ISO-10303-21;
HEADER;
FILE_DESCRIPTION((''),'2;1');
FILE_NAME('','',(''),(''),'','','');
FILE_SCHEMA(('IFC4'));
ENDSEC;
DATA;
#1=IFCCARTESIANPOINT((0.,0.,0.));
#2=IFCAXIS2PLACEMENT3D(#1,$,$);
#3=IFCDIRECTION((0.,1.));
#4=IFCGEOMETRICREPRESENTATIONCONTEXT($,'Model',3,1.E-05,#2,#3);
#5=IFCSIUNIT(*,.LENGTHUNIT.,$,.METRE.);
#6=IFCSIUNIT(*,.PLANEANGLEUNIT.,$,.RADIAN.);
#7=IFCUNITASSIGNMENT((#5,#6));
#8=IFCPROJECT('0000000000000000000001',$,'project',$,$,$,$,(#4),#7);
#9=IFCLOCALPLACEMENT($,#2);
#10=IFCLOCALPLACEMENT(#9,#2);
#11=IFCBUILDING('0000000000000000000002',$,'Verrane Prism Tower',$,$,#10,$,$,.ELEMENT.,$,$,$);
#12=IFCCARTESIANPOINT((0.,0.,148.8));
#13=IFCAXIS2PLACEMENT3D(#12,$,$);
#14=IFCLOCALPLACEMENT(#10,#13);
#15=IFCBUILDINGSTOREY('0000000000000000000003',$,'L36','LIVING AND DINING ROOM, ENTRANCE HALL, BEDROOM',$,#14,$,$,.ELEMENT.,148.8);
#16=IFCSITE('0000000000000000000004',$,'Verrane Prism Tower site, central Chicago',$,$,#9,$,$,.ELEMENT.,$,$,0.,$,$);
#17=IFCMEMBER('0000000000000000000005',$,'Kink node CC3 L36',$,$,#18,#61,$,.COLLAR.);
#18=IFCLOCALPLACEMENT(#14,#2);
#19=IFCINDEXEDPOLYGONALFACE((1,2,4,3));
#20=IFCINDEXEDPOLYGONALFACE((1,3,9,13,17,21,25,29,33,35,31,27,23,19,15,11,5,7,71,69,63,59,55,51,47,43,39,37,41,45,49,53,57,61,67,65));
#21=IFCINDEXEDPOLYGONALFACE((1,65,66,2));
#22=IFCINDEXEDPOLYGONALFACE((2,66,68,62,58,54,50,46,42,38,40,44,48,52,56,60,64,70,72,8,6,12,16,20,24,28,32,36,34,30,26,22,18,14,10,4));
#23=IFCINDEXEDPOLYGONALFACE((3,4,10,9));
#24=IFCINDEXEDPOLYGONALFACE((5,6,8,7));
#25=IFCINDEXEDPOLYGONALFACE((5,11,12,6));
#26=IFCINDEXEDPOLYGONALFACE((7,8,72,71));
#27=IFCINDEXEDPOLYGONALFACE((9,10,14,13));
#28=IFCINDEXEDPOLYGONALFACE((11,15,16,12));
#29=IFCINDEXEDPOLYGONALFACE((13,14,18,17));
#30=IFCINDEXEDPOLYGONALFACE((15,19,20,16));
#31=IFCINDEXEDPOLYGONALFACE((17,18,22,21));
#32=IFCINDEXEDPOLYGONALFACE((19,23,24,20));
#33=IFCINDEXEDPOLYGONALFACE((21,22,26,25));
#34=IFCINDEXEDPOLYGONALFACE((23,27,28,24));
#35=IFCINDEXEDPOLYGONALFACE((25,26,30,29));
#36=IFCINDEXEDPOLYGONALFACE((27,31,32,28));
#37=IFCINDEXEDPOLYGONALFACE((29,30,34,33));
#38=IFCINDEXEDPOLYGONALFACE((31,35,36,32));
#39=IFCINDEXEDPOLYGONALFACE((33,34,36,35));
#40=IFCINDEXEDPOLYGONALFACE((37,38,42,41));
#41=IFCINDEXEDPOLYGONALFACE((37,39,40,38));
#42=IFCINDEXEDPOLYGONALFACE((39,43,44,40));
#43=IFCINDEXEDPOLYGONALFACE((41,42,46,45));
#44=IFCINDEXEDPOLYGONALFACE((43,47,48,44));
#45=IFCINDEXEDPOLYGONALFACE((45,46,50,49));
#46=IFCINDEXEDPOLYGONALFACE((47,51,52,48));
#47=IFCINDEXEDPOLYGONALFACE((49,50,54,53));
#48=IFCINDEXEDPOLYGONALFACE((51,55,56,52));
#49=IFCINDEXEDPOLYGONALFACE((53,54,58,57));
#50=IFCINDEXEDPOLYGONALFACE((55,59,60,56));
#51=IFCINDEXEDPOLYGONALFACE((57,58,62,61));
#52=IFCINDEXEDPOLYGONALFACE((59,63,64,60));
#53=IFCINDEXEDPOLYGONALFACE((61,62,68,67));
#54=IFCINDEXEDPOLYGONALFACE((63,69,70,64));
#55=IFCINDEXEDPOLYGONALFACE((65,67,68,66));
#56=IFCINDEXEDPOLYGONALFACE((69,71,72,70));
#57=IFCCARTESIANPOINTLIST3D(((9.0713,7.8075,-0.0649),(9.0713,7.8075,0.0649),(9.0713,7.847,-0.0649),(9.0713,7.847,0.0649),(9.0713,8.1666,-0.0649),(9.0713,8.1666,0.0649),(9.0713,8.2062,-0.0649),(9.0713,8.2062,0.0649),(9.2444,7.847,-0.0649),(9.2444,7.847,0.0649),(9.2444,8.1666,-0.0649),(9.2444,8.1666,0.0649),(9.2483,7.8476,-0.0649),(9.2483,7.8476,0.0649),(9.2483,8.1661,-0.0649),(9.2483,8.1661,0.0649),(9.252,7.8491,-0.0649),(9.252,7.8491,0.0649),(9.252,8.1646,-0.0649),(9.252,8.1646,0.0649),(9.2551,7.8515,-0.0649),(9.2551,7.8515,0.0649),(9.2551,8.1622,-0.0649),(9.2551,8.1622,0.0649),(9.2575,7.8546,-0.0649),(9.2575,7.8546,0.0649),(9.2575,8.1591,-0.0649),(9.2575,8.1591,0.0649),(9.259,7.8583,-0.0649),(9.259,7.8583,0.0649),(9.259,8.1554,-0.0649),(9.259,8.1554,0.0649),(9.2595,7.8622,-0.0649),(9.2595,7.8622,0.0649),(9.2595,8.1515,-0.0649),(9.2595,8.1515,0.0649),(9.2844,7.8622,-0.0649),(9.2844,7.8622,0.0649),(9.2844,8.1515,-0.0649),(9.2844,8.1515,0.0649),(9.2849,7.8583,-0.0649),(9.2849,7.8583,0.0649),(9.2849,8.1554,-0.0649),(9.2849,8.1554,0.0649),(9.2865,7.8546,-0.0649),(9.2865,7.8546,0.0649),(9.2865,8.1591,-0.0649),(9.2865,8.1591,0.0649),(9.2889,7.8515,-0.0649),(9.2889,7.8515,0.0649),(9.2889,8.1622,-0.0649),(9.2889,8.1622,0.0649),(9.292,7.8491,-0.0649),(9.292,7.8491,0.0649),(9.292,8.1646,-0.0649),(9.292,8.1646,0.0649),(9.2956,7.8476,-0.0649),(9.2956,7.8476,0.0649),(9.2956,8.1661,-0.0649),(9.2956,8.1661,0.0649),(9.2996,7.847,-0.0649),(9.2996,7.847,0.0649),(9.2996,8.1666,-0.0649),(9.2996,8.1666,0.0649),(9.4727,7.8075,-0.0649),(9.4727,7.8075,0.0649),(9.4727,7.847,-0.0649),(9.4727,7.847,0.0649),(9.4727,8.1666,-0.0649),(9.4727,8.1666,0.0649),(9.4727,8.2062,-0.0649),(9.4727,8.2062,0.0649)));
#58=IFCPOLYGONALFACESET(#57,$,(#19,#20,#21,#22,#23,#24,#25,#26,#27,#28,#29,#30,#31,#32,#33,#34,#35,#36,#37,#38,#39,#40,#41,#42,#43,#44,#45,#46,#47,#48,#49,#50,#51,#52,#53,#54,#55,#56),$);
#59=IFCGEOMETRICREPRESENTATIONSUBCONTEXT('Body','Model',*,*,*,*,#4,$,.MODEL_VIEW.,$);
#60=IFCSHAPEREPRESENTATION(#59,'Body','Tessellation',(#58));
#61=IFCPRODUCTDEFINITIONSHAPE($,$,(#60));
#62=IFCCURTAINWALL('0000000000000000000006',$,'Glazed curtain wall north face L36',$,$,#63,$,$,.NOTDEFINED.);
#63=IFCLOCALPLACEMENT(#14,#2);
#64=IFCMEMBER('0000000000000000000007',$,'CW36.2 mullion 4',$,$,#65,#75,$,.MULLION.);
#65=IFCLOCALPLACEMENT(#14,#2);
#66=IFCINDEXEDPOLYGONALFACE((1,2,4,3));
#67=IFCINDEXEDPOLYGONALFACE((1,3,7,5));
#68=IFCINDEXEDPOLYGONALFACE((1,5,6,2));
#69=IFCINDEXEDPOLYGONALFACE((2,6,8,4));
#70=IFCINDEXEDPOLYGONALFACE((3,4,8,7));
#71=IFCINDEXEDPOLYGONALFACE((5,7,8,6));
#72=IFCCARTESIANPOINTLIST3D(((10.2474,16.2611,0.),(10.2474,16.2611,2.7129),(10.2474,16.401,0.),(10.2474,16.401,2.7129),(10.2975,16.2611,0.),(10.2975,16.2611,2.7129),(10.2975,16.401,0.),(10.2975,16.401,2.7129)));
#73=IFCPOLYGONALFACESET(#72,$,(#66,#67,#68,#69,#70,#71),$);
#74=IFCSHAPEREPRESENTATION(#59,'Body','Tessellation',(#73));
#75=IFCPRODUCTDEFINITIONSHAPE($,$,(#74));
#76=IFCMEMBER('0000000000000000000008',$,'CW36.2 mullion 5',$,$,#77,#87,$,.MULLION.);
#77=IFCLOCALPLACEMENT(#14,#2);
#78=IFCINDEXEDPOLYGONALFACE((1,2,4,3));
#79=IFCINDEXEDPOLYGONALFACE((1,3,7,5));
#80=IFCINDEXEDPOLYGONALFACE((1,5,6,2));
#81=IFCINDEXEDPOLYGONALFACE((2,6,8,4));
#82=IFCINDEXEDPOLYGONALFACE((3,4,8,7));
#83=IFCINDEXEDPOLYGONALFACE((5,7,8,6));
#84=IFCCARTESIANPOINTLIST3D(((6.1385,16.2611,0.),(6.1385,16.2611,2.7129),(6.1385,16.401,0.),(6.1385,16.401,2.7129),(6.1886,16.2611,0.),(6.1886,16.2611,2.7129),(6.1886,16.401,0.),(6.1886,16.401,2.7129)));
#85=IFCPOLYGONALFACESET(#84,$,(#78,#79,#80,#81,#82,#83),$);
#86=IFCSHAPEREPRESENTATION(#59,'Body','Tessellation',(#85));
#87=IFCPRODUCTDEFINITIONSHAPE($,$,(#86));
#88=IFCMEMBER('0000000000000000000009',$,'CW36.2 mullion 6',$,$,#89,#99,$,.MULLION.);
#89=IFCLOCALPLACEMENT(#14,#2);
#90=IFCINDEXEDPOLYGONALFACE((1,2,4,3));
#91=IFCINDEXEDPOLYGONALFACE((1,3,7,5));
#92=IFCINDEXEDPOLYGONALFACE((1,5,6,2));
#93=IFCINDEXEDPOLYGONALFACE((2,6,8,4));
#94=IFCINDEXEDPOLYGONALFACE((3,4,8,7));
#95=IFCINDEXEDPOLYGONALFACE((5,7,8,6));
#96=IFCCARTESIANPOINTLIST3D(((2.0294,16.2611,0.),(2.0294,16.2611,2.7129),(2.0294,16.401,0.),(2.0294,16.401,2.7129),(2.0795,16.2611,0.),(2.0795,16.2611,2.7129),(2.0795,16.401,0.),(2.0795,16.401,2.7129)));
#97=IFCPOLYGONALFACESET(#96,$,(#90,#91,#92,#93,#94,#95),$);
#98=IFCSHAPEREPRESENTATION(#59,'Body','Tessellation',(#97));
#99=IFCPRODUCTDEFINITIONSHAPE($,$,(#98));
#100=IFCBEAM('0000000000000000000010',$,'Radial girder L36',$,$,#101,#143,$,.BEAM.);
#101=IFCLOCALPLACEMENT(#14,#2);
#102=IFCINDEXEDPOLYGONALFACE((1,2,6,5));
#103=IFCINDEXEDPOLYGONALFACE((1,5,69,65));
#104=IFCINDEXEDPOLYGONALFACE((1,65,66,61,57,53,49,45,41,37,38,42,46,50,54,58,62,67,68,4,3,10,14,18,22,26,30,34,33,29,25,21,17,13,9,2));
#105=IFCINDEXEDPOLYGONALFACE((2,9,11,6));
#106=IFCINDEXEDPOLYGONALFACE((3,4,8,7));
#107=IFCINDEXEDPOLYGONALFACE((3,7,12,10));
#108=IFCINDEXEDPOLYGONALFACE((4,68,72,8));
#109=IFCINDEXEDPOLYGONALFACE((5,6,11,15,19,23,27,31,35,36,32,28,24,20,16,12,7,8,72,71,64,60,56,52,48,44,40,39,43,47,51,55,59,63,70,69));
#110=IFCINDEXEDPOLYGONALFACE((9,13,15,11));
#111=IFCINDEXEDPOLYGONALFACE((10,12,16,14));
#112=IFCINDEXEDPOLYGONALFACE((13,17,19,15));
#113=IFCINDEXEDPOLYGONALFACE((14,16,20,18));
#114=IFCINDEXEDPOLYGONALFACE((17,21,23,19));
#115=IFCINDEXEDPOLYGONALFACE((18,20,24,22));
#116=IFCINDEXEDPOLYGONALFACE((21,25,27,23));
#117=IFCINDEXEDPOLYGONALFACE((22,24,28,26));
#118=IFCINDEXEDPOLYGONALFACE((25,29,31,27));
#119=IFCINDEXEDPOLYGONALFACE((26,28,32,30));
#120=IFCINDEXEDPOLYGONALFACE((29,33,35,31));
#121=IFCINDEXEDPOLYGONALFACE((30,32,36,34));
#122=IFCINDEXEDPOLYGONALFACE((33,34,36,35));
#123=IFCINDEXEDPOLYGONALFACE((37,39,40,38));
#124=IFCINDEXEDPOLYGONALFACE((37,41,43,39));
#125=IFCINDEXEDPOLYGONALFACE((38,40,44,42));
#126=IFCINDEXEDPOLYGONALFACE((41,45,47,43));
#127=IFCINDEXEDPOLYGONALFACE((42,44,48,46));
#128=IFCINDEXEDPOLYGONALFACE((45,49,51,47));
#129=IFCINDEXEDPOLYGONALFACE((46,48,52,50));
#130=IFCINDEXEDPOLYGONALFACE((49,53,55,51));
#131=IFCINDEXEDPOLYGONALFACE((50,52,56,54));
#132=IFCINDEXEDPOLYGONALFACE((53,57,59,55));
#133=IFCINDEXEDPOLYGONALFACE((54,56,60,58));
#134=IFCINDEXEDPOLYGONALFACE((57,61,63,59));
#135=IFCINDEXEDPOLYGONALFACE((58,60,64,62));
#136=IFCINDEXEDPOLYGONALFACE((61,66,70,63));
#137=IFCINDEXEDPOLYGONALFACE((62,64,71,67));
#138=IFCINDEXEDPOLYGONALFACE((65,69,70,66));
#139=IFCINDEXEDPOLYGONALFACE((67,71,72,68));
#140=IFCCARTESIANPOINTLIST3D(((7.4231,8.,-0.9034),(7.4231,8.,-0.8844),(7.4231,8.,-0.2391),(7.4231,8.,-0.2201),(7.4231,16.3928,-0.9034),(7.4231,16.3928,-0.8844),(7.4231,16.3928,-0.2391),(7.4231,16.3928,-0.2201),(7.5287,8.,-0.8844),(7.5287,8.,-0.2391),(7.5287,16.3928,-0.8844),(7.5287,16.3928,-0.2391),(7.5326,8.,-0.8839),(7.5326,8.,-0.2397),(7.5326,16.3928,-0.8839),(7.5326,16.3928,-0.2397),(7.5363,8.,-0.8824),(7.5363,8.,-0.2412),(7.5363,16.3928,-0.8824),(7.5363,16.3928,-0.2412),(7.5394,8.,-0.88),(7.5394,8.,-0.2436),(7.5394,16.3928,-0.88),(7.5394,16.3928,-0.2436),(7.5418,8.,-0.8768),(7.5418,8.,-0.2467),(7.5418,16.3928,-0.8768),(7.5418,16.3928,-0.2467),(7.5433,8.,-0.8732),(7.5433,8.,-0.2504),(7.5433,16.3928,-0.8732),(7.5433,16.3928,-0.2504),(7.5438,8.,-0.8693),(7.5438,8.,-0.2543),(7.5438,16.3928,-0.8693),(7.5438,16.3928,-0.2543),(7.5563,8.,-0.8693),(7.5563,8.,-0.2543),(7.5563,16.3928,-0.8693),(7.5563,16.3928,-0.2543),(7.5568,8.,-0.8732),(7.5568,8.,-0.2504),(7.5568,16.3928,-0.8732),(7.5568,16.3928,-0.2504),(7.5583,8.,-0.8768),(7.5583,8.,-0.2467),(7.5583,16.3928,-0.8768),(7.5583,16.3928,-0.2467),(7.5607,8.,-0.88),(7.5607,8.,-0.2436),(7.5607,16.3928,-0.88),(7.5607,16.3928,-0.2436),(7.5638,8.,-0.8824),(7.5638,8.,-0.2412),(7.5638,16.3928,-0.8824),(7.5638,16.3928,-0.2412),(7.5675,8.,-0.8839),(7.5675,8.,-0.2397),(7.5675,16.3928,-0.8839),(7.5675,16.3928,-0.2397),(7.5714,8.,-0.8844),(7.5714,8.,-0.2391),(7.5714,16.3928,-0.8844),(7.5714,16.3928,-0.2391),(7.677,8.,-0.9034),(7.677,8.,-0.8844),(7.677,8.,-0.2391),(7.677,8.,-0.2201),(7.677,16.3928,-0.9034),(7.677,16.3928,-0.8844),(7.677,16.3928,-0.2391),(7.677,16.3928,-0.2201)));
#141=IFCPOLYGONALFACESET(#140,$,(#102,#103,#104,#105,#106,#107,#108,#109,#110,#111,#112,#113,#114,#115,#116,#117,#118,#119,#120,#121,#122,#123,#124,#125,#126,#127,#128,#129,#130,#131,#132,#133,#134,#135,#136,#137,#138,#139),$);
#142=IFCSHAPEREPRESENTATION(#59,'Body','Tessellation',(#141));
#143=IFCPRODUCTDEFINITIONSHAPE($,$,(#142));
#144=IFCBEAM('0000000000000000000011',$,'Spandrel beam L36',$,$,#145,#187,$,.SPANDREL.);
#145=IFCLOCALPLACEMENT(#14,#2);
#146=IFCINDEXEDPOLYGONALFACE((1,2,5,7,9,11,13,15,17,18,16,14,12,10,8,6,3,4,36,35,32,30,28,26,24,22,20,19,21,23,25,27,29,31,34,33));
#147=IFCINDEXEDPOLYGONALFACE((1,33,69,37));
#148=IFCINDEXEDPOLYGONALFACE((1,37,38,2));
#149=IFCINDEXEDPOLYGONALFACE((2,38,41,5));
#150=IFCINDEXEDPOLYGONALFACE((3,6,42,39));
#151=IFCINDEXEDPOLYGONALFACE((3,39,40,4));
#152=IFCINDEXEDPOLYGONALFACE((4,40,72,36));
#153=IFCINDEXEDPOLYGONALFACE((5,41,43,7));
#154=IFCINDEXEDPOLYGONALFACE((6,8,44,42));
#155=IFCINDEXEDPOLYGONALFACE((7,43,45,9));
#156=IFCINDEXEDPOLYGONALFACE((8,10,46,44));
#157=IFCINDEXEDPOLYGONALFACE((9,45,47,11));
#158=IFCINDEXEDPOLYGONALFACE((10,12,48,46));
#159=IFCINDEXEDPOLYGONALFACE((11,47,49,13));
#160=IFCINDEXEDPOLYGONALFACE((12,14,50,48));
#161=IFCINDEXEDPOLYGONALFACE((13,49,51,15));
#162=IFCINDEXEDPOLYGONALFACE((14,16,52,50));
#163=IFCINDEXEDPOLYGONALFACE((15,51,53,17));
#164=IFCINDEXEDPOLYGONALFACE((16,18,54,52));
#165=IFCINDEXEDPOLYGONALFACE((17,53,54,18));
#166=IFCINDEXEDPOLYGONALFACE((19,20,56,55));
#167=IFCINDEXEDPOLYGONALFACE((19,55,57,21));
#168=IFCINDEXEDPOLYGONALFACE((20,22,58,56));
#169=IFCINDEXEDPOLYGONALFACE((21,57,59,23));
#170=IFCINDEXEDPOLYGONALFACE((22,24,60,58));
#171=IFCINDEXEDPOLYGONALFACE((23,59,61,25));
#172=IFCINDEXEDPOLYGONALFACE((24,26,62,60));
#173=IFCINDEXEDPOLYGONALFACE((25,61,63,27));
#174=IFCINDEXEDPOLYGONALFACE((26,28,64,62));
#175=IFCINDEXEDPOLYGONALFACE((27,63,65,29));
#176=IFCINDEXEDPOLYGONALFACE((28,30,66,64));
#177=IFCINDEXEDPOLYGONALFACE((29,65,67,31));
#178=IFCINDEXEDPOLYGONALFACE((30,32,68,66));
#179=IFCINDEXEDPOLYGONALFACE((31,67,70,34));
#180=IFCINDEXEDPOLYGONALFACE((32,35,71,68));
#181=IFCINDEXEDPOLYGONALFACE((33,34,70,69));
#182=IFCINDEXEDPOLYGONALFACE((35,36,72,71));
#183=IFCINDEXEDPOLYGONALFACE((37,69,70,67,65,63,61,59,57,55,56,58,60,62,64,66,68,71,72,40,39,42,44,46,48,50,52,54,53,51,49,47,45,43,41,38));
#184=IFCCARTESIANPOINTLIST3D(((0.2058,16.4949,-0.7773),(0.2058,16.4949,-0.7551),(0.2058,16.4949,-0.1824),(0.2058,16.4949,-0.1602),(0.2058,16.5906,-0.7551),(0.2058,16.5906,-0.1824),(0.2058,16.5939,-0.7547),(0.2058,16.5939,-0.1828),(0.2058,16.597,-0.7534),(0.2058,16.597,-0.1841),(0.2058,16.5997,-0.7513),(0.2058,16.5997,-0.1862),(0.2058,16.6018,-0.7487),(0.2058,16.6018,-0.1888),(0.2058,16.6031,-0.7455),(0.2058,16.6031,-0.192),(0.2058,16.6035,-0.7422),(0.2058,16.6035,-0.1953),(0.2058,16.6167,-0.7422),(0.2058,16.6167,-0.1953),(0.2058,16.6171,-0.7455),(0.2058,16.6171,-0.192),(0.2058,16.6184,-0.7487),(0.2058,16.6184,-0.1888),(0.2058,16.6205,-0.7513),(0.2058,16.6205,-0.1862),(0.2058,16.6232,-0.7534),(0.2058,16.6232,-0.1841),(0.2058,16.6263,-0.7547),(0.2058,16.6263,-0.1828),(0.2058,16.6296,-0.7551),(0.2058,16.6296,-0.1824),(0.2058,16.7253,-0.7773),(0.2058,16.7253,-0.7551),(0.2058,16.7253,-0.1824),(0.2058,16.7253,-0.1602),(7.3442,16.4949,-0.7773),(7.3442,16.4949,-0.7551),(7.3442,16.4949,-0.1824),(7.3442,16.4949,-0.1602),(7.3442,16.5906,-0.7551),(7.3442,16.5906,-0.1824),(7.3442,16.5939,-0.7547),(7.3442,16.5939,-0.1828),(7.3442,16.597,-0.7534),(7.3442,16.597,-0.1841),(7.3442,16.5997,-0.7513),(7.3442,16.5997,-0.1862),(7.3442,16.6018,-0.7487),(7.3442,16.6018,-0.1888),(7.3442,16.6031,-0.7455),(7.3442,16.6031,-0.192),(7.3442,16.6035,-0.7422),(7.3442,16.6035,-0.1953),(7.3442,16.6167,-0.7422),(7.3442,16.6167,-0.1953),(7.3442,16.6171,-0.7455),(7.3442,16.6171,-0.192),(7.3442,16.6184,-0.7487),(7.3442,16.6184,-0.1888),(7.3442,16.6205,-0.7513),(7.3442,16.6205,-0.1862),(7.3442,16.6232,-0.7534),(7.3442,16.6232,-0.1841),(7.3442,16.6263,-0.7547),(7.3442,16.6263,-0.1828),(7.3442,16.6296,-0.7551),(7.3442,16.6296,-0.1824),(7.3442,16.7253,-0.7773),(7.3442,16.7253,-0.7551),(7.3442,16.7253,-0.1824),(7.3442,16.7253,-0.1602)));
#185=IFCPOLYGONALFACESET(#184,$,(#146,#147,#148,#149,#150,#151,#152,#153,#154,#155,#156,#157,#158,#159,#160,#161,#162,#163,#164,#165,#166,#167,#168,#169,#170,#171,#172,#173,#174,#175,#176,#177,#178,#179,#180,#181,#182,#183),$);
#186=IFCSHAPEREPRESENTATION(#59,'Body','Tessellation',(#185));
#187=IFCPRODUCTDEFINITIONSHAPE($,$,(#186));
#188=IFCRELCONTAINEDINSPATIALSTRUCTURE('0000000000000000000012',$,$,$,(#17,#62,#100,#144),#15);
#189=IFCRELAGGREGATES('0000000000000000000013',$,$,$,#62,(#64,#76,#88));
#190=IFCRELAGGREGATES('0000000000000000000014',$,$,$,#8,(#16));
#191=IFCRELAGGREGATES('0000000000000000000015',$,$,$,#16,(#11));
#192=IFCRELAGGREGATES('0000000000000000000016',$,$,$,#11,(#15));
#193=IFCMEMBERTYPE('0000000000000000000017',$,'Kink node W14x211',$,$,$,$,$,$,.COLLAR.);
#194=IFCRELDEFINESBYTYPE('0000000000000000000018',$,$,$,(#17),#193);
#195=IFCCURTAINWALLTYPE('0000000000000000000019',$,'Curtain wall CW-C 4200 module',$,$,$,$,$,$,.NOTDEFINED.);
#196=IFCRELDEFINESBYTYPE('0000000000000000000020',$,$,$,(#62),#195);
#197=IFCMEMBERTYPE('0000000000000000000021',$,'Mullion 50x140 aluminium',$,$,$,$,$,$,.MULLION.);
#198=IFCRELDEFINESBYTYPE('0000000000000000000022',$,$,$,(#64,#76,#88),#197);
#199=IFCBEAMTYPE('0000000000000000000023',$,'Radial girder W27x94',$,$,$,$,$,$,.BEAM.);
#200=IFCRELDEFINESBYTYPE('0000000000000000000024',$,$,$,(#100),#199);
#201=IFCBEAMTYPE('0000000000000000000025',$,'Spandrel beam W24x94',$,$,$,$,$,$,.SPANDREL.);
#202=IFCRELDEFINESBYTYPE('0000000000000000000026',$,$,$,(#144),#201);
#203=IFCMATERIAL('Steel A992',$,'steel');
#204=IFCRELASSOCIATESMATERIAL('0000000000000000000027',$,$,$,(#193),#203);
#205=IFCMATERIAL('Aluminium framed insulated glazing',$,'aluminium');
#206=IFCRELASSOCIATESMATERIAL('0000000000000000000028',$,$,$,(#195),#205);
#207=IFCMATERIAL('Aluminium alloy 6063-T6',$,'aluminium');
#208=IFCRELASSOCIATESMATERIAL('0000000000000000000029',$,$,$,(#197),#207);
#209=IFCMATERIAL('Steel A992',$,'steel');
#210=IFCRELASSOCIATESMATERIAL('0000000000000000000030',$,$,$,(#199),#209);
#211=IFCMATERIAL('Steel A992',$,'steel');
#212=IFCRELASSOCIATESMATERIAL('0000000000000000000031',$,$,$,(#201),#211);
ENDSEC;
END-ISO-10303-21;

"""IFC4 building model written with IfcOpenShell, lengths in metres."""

from ifc_helpers import new_model, si_unit, direction, frame, origin, origin_2d, place, context, subcontext, project, spatial, rectangle, i_section, extrude, material, material_profile, profile_set, type_object, element, aggregate, save


model = new_model("IFC4")

# Units and contexts
model_context = context("Model", 3, precision=1e-05, world=origin(), true_north=direction((0.0, 1.0)))
body_context = subcontext(model_context, "Body", "Model", "MODEL_VIEW")
ifc_project = project(units=[si_unit("LENGTHUNIT", "METRE"), si_unit("PLANEANGLEUNIT", "RADIAN")], contexts=[model_context])

# Site, building, storey
site_placement = place(None, origin())
site = spatial("IfcSite", under=ifc_project, at=site_placement, Name="Verrane Prism Tower site, central Chicago", CompositionType="ELEMENT", RefElevation=0.0)
building_placement = place(site_placement, origin())
building = spatial("IfcBuilding", under=site, at=building_placement, Name="Verrane Prism Tower", CompositionType="ELEMENT")
storey_placement = place(building_placement, frame((0.0, 0.0, 148.8)))
storey = spatial("IfcBuildingStorey", under=building, at=storey_placement, Name="L36", Description="LIVING AND DINING ROOM, ENTRANCE HALL, BEDROOM", CompositionType="ELEMENT", Elevation=148.8)

# Member
ifc_material_1 = material(Name="Steel A992", Category="steel")
ifc_material_profile_1 = material_profile(ifc_material_1, i_section(OverallWidth=0.4014, OverallDepth=0.3987, WebThickness=0.0249, FlangeThickness=0.0396, FilletRadius=0.0151, at=origin_2d()), Name="W14x211")
ifc_profile_set_1 = profile_set([ifc_material_profile_1], Name="Steel A992")
member_type_1 = type_object("IfcMemberType", Name="Kink node W14x211", PredefinedType="COLLAR", material=ifc_profile_set_1)
member_1_placement = place(storey_placement, frame((9.272, 8.0068, -0.0649), z_axis=(0.0, 0.0, 1.0), x_axis=(1.0, 0.0, 0.0)))
element("IfcMember", 1, at=member_1_placement, inside=storey, type_object=member_type_1, Name="Kink node CC3 L36", PredefinedType="COLLAR", context=body_context, shape_type="SweptSolid", body=[
    extrude(i_section(OverallWidth=0.4014, OverallDepth=0.3987, WebThickness=0.0249, FlangeThickness=0.0396, FilletRadius=0.0151, at=origin_2d()), origin(), (0.0, 0.0, 1.0), 0.1299),
])

# Curtain wall, members
ifc_material_2 = material(Name="Aluminium framed insulated glazing", Category="aluminium")
curtain_wall_type = type_object("IfcCurtainWallType", Name="Curtain wall CW-C 4200 module", PredefinedType="NOTDEFINED", material=ifc_material_2)
curtain_wall_placement = place(storey_placement, origin())
curtain_wall = element("IfcCurtainWall", 2, at=curtain_wall_placement, inside=storey, type_object=curtain_wall_type, Name="Glazed curtain wall north face L36", PredefinedType="NOTDEFINED")
ifc_material_3 = material(Name="Aluminium alloy 6063-T6", Category="aluminium")
ifc_material_profile_2 = material_profile(ifc_material_3, rectangle(XDim=0.1399, YDim=0.05, at=origin_2d()), Name="Mullion 50x140 aluminium")
ifc_profile_set_2 = profile_set([ifc_material_profile_2], Name="Aluminium alloy 6063-T6")
member_type_2 = type_object("IfcMemberType", Name="Mullion 50x140 aluminium", PredefinedType="MULLION", material=ifc_profile_set_2)
member_2_placement = place(storey_placement, frame((10.2725, 16.3311, 0.0), z_axis=(0.0, 0.0, 1.0), x_axis=(0.0, -1.0, 0.0)))
member_2 = element("IfcMember", 3, at=member_2_placement, type_object=member_type_2, Name="CW36.2 mullion 4", PredefinedType="MULLION", context=body_context, shape_type="SweptSolid", body=[
    extrude(rectangle(XDim=0.1399, YDim=0.05, at=origin_2d()), origin(), (0.0, 0.0, 1.0), 2.7129),
])
member_3_placement = place(storey_placement, frame((6.1636, 16.3311, 0.0), z_axis=(0.0, 0.0, 1.0), x_axis=(0.0, -1.0, 0.0)))
member_3 = element("IfcMember", 4, at=member_3_placement, type_object=member_type_2, Name="CW36.2 mullion 5", PredefinedType="MULLION", context=body_context, shape_type="SweptSolid", body=[
    extrude(rectangle(XDim=0.1399, YDim=0.05, at=origin_2d()), origin(), (0.0, 0.0, 1.0), 2.7129),
])
member_4_placement = place(storey_placement, frame((2.0544, 16.3311, 0.0), z_axis=(0.0, 0.0, 1.0), x_axis=(0.0, -1.0, 0.0)))
member_4 = element("IfcMember", 5, at=member_4_placement, type_object=member_type_2, Name="CW36.2 mullion 6", PredefinedType="MULLION", context=body_context, shape_type="SweptSolid", body=[
    extrude(rectangle(XDim=0.1399, YDim=0.05, at=origin_2d()), origin(), (0.0, 0.0, 1.0), 2.7129),
])

# Beams
ifc_material_4 = material(Name="Steel A992", Category="steel")
ifc_material_profile_3 = material_profile(ifc_material_4, i_section(OverallWidth=0.2539, OverallDepth=0.6833, WebThickness=0.0125, FlangeThickness=0.019, FilletRadius=0.0151, at=origin_2d()), Name="W27x94")
ifc_profile_set_3 = profile_set([ifc_material_profile_3], Name="Steel A992")
beam_type_1 = type_object("IfcBeamType", Name="Radial girder W27x94", PredefinedType="BEAM", material=ifc_profile_set_3)
beam_1_placement = place(storey_placement, frame((7.55, 16.3928, -0.5618), z_axis=(0.0, -1.0, 0.0), x_axis=(1.0, 0.0, 0.0)))
element("IfcBeam", 6, at=beam_1_placement, inside=storey, type_object=beam_type_1, Name="Radial girder L36", PredefinedType="BEAM", context=body_context, shape_type="SweptSolid", body=[
    extrude(i_section(OverallWidth=0.2539, OverallDepth=0.6833, WebThickness=0.0125, FlangeThickness=0.019, FilletRadius=0.0151, at=origin_2d()), origin(), (0.0, 0.0, 1.0), 8.3928),
])
ifc_material_5 = material(Name="Steel A992", Category="steel")
ifc_material_profile_4 = material_profile(ifc_material_5, i_section(OverallWidth=0.2305, OverallDepth=0.6172, WebThickness=0.0132, FlangeThickness=0.0222, FilletRadius=0.0129, at=origin_2d()), Name="W24x94")
ifc_profile_set_4 = profile_set([ifc_material_profile_4], Name="Steel A992")
beam_type_2 = type_object("IfcBeamType", Name="Spandrel beam W24x94", PredefinedType="SPANDREL", material=ifc_profile_set_4)
beam_2_placement = place(storey_placement, frame((7.3442, 16.6101, -0.4688), z_axis=(-1.0, 0.0, 0.0), x_axis=(0.0, -1.0, 0.0)))
element("IfcBeam", 7, at=beam_2_placement, inside=storey, type_object=beam_type_2, Name="Spandrel beam L36", PredefinedType="SPANDREL", context=body_context, shape_type="SweptSolid", body=[
    extrude(i_section(OverallWidth=0.2305, OverallDepth=0.6172, WebThickness=0.0132, FlangeThickness=0.0222, FilletRadius=0.0129, at=origin_2d()), origin(), (0.0, 0.0, 1.0), 7.1384),
])

aggregate(curtain_wall, [member_2, member_3, member_4])

save(model, "model.ifc")
